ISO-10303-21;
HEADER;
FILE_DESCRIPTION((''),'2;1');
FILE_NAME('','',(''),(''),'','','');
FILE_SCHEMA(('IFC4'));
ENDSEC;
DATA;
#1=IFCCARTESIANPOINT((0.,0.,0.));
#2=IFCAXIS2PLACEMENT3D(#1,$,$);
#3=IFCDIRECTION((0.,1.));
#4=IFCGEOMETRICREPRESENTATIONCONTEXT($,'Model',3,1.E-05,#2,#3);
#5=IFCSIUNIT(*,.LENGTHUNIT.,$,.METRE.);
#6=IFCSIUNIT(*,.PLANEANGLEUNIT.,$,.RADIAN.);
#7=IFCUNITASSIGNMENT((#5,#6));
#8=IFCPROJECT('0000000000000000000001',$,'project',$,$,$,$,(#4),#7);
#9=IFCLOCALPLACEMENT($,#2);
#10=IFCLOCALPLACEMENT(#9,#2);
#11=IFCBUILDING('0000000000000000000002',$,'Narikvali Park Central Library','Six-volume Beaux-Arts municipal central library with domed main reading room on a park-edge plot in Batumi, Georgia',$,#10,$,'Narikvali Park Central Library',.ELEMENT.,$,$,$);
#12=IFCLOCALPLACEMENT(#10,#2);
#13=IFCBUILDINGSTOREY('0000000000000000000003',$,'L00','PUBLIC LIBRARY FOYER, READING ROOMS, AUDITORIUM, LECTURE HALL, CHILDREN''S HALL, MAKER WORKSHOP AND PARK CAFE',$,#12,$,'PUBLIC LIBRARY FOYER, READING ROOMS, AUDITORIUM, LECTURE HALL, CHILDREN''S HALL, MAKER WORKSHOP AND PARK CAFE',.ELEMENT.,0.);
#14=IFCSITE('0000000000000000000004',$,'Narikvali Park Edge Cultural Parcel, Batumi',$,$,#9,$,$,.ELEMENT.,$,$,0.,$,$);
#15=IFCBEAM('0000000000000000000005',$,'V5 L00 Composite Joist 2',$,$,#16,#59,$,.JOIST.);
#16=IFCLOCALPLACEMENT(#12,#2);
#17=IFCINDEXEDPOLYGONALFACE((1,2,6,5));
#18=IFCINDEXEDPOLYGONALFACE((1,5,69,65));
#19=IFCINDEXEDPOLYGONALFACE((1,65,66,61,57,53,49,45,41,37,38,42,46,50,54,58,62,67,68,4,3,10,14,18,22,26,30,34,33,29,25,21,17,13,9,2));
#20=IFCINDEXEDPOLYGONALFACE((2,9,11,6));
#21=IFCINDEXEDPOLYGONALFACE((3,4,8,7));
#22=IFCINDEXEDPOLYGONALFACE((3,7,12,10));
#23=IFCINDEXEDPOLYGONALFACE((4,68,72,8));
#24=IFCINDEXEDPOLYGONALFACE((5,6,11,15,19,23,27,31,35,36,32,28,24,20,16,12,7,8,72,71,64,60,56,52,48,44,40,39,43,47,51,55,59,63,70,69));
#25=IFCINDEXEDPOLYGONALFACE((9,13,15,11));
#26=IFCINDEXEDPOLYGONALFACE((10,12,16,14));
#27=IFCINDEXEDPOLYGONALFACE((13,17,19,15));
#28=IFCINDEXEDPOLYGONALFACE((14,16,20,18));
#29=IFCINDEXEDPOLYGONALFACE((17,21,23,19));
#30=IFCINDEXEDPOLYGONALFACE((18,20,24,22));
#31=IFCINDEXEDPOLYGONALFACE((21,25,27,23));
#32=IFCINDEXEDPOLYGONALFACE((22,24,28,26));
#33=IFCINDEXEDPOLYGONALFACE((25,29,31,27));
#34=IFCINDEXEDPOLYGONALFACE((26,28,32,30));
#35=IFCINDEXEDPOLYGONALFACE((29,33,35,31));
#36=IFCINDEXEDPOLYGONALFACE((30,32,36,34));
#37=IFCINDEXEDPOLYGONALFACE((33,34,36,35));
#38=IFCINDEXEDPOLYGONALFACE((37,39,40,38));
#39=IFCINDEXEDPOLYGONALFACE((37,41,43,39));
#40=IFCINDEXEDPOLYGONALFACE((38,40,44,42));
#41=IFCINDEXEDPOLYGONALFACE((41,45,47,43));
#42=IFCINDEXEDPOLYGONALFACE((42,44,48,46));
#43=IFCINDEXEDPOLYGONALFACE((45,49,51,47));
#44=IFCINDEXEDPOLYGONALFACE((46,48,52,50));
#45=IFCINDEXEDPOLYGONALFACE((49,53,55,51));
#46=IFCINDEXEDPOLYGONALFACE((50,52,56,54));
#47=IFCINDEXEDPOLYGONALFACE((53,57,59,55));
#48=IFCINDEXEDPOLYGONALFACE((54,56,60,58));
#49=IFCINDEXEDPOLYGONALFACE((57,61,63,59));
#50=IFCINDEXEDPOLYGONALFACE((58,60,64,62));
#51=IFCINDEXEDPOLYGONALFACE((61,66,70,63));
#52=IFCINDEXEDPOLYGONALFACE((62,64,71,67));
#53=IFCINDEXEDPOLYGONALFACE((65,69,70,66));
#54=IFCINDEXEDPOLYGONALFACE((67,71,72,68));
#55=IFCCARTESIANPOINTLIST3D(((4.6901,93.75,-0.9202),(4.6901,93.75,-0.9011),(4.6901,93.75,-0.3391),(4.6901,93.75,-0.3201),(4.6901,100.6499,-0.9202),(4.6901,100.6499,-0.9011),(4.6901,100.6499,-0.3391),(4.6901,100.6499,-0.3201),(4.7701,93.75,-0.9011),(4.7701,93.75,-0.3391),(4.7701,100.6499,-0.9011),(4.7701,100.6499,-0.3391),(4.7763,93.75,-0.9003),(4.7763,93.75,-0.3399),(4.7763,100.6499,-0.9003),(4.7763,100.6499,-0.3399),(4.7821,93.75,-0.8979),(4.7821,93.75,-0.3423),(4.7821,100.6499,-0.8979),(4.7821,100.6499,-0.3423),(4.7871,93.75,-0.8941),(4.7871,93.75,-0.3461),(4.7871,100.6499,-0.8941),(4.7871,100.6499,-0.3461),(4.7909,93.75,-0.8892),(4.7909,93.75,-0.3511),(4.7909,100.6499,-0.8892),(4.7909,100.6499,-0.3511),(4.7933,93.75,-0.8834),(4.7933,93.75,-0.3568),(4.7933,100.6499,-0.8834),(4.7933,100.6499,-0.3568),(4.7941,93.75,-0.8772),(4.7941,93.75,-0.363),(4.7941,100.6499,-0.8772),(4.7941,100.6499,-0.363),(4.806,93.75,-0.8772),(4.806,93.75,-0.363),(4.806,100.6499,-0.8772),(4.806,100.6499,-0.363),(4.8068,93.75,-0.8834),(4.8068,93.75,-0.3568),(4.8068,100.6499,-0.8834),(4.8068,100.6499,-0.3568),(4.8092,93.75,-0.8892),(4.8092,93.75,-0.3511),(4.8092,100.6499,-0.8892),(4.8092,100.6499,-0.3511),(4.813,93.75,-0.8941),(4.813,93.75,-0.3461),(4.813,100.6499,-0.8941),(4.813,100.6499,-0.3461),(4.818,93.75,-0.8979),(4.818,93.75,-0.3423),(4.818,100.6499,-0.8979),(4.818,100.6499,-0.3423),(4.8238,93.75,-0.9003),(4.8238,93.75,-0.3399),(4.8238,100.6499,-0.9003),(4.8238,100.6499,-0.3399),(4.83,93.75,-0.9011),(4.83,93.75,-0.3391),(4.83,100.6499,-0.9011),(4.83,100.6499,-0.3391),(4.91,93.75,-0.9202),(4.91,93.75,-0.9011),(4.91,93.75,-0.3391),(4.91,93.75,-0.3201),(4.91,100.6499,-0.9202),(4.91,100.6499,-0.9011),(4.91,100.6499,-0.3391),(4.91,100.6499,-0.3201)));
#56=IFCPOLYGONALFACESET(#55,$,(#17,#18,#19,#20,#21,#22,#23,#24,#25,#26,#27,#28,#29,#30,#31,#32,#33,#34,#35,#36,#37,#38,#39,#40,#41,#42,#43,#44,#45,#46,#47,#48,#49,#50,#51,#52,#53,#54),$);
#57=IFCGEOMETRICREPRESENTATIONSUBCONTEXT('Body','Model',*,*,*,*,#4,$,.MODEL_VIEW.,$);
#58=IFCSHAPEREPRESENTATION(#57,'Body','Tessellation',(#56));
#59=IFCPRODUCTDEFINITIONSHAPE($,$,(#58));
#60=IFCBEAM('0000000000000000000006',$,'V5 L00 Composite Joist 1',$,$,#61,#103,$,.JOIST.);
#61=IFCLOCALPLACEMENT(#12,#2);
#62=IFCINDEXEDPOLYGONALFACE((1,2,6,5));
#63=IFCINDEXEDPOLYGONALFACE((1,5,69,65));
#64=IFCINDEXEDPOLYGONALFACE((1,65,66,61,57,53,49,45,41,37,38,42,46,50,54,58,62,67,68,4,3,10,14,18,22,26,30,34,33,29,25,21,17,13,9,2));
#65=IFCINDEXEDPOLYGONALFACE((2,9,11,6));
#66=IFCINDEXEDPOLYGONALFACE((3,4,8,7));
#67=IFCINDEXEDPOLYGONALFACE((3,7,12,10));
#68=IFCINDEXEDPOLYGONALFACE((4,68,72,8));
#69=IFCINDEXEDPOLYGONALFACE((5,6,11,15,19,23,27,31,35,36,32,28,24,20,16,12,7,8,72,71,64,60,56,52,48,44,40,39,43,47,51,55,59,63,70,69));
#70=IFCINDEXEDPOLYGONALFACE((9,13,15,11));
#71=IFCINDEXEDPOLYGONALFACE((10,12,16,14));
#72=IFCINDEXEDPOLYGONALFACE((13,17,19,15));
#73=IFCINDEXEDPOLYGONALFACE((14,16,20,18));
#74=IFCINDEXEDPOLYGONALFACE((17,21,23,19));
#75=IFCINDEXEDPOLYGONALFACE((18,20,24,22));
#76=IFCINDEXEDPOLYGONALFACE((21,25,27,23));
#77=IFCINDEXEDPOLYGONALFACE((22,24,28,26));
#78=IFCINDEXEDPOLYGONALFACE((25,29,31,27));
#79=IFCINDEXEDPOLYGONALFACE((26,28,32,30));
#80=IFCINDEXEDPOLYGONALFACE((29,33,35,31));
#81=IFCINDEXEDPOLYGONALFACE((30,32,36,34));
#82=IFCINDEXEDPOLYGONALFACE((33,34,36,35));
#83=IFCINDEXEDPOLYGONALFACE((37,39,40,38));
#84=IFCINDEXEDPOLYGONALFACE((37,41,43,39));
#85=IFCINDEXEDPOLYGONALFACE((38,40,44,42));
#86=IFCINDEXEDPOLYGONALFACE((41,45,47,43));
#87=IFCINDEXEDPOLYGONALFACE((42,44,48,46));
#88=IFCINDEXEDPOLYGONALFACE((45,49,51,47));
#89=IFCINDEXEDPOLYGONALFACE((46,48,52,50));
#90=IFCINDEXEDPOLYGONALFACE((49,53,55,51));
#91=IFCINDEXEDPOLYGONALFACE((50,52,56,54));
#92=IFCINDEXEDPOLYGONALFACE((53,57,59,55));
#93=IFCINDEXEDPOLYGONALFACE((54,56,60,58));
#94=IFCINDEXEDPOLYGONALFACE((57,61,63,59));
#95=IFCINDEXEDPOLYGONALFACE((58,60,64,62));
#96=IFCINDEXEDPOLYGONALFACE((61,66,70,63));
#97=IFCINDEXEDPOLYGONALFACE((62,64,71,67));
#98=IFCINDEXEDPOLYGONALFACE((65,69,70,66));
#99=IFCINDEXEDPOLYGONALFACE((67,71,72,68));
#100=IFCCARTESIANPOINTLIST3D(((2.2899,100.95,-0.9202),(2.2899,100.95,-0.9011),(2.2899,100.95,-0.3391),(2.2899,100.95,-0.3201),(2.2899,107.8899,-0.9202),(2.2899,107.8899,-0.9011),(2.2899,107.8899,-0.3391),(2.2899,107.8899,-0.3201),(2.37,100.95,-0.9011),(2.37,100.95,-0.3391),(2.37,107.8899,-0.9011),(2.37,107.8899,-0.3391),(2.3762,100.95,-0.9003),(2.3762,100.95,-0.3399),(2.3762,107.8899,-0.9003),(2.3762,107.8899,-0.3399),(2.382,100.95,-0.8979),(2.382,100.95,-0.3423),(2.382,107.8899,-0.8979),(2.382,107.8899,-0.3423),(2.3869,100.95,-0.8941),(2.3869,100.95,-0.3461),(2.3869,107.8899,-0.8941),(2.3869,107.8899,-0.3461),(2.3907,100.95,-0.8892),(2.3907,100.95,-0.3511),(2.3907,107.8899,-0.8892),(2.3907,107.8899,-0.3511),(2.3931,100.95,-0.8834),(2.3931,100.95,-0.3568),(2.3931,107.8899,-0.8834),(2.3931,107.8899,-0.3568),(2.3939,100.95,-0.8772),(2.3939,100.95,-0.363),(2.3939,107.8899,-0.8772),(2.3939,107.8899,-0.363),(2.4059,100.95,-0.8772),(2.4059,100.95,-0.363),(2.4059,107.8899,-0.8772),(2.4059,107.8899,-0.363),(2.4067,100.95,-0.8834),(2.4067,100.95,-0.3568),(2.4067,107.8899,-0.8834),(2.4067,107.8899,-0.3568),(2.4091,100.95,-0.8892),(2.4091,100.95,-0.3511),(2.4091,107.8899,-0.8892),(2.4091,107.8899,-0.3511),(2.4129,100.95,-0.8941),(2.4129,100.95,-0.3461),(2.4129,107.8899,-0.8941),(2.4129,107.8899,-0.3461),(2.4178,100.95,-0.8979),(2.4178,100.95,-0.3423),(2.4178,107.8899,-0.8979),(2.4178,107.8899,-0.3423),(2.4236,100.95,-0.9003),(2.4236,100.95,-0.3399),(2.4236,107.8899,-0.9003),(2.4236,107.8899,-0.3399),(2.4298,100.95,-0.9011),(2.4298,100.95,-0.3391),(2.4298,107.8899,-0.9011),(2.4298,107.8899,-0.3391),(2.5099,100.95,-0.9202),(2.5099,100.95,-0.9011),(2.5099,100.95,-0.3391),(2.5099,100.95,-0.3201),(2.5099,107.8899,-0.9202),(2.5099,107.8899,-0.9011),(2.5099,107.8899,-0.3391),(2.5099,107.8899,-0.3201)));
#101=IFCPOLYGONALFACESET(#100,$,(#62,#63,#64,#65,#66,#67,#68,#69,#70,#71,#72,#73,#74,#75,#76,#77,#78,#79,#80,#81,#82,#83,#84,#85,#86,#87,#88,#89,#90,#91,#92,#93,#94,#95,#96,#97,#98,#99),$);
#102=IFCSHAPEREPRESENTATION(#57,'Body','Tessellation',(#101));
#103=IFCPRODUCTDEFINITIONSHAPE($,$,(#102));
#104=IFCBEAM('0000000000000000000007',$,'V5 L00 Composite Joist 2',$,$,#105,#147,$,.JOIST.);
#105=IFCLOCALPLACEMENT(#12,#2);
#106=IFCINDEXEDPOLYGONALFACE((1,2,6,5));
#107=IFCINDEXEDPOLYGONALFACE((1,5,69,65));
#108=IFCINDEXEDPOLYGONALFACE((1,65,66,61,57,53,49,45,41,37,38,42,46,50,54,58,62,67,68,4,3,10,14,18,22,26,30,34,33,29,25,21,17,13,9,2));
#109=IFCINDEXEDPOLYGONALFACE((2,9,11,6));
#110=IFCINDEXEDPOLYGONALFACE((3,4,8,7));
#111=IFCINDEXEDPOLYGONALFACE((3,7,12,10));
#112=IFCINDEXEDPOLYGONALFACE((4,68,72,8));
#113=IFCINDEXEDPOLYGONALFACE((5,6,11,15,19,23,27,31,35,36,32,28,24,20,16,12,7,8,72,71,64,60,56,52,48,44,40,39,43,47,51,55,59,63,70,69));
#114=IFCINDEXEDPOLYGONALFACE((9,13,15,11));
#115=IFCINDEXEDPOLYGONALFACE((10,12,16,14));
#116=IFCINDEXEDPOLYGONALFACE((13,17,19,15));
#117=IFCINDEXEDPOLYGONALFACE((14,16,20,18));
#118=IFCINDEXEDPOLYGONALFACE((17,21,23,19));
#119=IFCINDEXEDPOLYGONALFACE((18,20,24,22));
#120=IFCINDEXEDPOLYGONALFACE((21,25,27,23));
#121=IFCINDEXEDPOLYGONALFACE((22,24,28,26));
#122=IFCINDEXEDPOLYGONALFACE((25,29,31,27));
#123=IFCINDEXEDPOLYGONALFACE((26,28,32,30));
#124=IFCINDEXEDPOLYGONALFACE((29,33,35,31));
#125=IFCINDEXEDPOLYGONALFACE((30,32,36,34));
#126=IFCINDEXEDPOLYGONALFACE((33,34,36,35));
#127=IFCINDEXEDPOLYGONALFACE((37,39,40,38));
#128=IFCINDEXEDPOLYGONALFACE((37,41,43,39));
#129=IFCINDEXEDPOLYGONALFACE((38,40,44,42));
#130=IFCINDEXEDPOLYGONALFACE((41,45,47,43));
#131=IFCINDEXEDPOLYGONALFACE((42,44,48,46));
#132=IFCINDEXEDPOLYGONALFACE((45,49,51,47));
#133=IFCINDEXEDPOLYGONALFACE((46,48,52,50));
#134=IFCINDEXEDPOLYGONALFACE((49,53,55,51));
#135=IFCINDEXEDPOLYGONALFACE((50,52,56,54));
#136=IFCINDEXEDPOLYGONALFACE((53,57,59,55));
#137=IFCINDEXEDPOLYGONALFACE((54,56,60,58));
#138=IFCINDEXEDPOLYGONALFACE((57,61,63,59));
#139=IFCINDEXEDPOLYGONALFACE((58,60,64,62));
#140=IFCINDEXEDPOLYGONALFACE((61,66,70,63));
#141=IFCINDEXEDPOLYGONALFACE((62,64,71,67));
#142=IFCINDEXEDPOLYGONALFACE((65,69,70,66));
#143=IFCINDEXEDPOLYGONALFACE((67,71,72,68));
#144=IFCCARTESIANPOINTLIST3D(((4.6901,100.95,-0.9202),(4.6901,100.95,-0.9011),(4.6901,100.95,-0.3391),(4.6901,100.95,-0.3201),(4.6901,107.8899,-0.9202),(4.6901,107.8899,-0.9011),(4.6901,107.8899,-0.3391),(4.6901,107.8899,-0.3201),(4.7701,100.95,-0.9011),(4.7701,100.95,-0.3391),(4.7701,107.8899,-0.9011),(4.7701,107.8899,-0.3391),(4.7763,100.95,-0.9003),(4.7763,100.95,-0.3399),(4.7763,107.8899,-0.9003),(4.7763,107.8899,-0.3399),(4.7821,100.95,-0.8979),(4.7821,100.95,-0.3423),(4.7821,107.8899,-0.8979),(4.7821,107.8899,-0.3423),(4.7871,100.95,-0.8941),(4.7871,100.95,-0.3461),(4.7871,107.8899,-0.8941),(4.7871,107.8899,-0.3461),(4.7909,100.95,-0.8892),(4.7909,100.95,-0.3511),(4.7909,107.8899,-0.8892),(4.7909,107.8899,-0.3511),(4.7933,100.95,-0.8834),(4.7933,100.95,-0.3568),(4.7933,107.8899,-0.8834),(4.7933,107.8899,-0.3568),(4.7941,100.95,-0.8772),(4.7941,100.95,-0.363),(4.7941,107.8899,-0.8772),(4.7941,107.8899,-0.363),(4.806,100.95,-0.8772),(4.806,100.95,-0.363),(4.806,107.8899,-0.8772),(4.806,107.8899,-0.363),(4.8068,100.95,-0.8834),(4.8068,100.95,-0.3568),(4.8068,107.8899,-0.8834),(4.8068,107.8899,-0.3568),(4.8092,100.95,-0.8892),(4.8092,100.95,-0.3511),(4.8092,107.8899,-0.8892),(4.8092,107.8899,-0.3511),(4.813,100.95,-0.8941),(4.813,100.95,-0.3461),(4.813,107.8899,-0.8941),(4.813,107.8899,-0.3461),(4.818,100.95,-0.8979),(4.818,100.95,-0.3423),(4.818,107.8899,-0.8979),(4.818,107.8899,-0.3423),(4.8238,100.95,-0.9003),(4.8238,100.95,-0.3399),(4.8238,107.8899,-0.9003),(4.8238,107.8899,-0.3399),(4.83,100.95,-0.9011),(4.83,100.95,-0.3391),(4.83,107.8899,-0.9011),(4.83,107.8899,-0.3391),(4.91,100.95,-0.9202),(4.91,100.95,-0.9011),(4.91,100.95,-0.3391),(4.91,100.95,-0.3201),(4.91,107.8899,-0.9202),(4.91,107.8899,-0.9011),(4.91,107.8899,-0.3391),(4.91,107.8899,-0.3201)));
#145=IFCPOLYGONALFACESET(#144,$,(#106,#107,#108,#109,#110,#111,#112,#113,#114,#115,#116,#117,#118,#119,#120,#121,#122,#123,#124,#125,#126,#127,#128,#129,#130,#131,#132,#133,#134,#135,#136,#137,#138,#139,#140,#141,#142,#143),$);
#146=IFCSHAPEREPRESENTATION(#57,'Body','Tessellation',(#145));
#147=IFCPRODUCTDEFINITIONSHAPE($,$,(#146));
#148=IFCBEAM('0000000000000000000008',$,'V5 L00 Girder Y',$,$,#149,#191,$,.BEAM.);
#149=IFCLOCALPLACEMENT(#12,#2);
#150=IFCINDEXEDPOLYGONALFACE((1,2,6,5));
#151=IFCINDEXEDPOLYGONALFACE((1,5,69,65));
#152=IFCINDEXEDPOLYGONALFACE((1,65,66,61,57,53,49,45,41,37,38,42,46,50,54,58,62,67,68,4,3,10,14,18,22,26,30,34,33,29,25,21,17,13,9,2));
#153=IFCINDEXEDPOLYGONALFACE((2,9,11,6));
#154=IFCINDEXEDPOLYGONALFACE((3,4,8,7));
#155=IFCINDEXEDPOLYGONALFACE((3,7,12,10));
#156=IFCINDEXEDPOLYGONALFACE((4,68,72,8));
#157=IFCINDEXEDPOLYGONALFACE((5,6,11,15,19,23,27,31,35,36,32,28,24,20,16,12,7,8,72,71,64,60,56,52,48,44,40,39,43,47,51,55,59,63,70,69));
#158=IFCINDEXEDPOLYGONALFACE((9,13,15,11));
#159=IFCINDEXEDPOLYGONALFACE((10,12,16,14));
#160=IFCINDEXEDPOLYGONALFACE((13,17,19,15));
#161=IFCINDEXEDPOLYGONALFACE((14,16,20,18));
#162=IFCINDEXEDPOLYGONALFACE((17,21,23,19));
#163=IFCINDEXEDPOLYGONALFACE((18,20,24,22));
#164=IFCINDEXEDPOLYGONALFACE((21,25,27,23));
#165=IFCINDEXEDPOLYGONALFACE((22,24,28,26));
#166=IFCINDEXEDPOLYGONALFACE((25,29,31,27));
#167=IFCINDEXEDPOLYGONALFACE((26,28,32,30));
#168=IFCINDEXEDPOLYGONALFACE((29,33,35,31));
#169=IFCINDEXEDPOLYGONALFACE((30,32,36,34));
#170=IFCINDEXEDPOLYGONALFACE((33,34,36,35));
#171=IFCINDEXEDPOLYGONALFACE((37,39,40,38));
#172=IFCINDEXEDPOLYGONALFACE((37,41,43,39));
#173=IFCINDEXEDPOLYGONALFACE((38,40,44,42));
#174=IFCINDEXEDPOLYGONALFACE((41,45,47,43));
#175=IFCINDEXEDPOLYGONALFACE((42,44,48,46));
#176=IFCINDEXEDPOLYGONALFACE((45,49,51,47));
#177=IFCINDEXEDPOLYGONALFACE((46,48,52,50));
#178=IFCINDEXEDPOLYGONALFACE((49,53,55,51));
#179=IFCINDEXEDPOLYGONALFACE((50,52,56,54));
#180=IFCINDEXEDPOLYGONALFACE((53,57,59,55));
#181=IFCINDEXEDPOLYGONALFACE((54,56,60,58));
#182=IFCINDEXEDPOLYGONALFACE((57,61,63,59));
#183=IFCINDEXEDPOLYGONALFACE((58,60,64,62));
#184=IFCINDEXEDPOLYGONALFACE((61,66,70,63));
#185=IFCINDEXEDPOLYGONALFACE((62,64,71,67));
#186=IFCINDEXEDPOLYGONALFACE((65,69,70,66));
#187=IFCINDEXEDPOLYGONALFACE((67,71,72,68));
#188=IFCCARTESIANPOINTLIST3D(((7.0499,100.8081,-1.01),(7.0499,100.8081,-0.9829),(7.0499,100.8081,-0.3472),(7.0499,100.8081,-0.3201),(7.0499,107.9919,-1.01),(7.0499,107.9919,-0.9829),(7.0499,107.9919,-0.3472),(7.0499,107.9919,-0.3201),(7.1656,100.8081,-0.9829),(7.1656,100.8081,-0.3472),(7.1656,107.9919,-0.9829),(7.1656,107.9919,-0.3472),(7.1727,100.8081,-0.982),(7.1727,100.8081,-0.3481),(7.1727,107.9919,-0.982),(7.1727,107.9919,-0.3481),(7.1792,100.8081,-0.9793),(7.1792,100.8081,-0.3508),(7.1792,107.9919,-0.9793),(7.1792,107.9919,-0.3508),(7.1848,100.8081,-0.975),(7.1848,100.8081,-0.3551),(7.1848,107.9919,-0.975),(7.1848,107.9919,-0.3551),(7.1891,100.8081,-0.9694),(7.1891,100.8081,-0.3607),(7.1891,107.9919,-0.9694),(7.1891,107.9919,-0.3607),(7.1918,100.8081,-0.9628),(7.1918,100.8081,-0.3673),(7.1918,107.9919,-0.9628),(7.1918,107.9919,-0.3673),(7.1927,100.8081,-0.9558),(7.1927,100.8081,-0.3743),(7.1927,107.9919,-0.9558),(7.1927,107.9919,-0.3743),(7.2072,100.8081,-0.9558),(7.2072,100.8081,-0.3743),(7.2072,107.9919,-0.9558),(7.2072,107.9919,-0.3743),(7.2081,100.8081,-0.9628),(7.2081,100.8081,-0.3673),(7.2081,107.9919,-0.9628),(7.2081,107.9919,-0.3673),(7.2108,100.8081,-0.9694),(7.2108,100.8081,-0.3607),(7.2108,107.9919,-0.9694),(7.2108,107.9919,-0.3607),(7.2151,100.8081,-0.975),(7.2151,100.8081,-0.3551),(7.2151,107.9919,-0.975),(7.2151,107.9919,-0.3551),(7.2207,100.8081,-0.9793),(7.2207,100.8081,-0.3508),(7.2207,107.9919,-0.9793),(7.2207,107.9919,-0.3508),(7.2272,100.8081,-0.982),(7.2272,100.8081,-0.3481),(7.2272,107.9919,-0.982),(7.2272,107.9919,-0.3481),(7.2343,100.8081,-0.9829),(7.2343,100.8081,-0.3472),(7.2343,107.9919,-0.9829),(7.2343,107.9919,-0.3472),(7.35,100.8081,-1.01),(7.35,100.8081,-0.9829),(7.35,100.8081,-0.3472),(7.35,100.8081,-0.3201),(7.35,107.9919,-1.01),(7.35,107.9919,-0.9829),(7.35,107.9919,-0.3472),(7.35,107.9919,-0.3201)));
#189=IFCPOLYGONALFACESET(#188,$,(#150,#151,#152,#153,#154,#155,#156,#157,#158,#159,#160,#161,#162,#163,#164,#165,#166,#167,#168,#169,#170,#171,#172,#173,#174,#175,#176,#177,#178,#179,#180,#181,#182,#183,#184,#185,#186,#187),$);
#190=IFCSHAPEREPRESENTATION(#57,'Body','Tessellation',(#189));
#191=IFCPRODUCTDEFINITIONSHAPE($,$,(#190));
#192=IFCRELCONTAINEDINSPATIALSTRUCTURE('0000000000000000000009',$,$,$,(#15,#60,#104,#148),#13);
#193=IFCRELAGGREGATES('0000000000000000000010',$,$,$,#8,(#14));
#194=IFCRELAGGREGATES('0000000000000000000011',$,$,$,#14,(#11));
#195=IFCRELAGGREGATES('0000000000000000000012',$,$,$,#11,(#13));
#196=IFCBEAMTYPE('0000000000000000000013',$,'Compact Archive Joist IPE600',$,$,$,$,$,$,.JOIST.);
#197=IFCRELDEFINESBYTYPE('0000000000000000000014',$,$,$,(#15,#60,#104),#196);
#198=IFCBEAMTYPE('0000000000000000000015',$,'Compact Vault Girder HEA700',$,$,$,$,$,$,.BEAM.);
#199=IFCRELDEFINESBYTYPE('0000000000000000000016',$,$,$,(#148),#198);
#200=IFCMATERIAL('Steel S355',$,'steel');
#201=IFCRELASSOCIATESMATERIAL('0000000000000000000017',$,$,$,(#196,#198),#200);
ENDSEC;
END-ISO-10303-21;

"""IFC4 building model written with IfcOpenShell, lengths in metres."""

from ifc_helpers import new_model, si_unit, direction, frame, origin, origin_2d, place, context, subcontext, project, spatial, i_section, extrude, material, material_profile, profile_set, type_object, element, save


model = new_model("IFC4")

# Units and contexts
model_context = context("Model", 3, precision=1e-05, world=origin(), true_north=direction((0.0, 1.0)))
body_context = subcontext(model_context, "Body", "Model", "MODEL_VIEW")
ifc_project = project(units=[si_unit("LENGTHUNIT", "METRE"), si_unit("PLANEANGLEUNIT", "RADIAN")], contexts=[model_context])

# Site, building, storey
site_placement = place(None, origin())
site = spatial("IfcSite", under=ifc_project, at=site_placement, Name="Narikvali Park Edge Cultural Parcel, Batumi", CompositionType="ELEMENT", RefElevation=0.0)
building_placement = place(site_placement, origin())
building = spatial("IfcBuilding", under=site, at=building_placement, Name="Narikvali Park Central Library", Description="Six-volume Beaux-Arts municipal central library with domed main reading room on a park-edge plot in Batumi, Georgia", LongName="Narikvali Park Central Library", CompositionType="ELEMENT")
storey_placement = place(building_placement, origin())
storey = spatial("IfcBuildingStorey", under=building, at=storey_placement, Name="L00", Description="PUBLIC LIBRARY FOYER, READING ROOMS, AUDITORIUM, LECTURE HALL, CHILDREN'S HALL, MAKER WORKSHOP AND PARK CAFE", LongName="PUBLIC LIBRARY FOYER, READING ROOMS, AUDITORIUM, LECTURE HALL, CHILDREN'S HALL, MAKER WORKSHOP AND PARK CAFE", CompositionType="ELEMENT", Elevation=0.0)

# Shared definitions
ifc_material_1 = material(Name="Steel S355", Category="steel")

# Beams
ifc_material_profile_1 = material_profile(ifc_material_1, i_section(OverallWidth=0.22, OverallDepth=0.6001, WebThickness=0.012, FlangeThickness=0.019, FilletRadius=0.0239, at=origin_2d()), Name="IPE 600")
ifc_profile_set_1 = profile_set([ifc_material_profile_1], Name="Steel S355")
beam_type_1 = type_object("IfcBeamType", Name="Compact Archive Joist IPE600", PredefinedType="JOIST", material=ifc_profile_set_1)
beam_1_placement = place(storey_placement, frame((4.8, 93.75, -0.6201), z_axis=(0.0, 1.0, 0.0), x_axis=(-1.0, 0.0, 0.0)))
element("IfcBeam", 1, at=beam_1_placement, inside=storey, type_object=beam_type_1, Name="V5 L00 Composite Joist 2", PredefinedType="JOIST", context=body_context, shape_type="SweptSolid", body=[
    extrude(i_section(OverallWidth=0.22, OverallDepth=0.6001, WebThickness=0.012, FlangeThickness=0.019, FilletRadius=0.0239, at=origin_2d()), origin(), (0.0, 0.0, 1.0), 6.8999),
])
for number, where, z_axis, x_axis, name in (
    (2, (2.3999, 100.95, -0.6201), (0.0, 1.0, 0.0), (-1.0, 0.0, 0.0), "V5 L00 Composite Joist 1"),
    (3, (4.8, 100.95, -0.6201), (0.0, 1.0, 0.0), (-1.0, 0.0, 0.0), "V5 L00 Composite Joist 2"),
):
    element("IfcBeam", number, at=place(storey_placement, frame(where, z_axis=z_axis, x_axis=x_axis)), inside=storey, type_object=beam_type_1, Name=name, PredefinedType="JOIST", context=body_context, shape_type="SweptSolid", body=[
        extrude(i_section(OverallWidth=0.22, OverallDepth=0.6001, WebThickness=0.012, FlangeThickness=0.019, FilletRadius=0.0239, at=origin_2d()), origin(), (0.0, 0.0, 1.0), 6.9399),
    ])
ifc_material_profile_2 = material_profile(ifc_material_1, i_section(OverallWidth=0.3, OverallDepth=0.6899, WebThickness=0.0144, FlangeThickness=0.0271, FilletRadius=0.0271, at=origin_2d()), Name="HEA 700")
ifc_profile_set_2 = profile_set([ifc_material_profile_2], Name="Steel S355")
beam_type_2 = type_object("IfcBeamType", Name="Compact Vault Girder HEA700", PredefinedType="BEAM", material=ifc_profile_set_2)
beam_2_placement = place(storey_placement, frame((7.2, 100.8081, -0.665), z_axis=(0.0, 1.0, 0.0), x_axis=(-1.0, 0.0, 0.0)))
element("IfcBeam", 4, at=beam_2_placement, inside=storey, type_object=beam_type_2, Name="V5 L00 Girder Y", PredefinedType="BEAM", context=body_context, shape_type="SweptSolid", body=[
    extrude(i_section(OverallWidth=0.3, OverallDepth=0.6899, WebThickness=0.0144, FlangeThickness=0.0271, FilletRadius=0.0271, at=origin_2d()), origin(), (0.0, 0.0, 1.0), 7.1838),
])

save(model, "model.ifc")
